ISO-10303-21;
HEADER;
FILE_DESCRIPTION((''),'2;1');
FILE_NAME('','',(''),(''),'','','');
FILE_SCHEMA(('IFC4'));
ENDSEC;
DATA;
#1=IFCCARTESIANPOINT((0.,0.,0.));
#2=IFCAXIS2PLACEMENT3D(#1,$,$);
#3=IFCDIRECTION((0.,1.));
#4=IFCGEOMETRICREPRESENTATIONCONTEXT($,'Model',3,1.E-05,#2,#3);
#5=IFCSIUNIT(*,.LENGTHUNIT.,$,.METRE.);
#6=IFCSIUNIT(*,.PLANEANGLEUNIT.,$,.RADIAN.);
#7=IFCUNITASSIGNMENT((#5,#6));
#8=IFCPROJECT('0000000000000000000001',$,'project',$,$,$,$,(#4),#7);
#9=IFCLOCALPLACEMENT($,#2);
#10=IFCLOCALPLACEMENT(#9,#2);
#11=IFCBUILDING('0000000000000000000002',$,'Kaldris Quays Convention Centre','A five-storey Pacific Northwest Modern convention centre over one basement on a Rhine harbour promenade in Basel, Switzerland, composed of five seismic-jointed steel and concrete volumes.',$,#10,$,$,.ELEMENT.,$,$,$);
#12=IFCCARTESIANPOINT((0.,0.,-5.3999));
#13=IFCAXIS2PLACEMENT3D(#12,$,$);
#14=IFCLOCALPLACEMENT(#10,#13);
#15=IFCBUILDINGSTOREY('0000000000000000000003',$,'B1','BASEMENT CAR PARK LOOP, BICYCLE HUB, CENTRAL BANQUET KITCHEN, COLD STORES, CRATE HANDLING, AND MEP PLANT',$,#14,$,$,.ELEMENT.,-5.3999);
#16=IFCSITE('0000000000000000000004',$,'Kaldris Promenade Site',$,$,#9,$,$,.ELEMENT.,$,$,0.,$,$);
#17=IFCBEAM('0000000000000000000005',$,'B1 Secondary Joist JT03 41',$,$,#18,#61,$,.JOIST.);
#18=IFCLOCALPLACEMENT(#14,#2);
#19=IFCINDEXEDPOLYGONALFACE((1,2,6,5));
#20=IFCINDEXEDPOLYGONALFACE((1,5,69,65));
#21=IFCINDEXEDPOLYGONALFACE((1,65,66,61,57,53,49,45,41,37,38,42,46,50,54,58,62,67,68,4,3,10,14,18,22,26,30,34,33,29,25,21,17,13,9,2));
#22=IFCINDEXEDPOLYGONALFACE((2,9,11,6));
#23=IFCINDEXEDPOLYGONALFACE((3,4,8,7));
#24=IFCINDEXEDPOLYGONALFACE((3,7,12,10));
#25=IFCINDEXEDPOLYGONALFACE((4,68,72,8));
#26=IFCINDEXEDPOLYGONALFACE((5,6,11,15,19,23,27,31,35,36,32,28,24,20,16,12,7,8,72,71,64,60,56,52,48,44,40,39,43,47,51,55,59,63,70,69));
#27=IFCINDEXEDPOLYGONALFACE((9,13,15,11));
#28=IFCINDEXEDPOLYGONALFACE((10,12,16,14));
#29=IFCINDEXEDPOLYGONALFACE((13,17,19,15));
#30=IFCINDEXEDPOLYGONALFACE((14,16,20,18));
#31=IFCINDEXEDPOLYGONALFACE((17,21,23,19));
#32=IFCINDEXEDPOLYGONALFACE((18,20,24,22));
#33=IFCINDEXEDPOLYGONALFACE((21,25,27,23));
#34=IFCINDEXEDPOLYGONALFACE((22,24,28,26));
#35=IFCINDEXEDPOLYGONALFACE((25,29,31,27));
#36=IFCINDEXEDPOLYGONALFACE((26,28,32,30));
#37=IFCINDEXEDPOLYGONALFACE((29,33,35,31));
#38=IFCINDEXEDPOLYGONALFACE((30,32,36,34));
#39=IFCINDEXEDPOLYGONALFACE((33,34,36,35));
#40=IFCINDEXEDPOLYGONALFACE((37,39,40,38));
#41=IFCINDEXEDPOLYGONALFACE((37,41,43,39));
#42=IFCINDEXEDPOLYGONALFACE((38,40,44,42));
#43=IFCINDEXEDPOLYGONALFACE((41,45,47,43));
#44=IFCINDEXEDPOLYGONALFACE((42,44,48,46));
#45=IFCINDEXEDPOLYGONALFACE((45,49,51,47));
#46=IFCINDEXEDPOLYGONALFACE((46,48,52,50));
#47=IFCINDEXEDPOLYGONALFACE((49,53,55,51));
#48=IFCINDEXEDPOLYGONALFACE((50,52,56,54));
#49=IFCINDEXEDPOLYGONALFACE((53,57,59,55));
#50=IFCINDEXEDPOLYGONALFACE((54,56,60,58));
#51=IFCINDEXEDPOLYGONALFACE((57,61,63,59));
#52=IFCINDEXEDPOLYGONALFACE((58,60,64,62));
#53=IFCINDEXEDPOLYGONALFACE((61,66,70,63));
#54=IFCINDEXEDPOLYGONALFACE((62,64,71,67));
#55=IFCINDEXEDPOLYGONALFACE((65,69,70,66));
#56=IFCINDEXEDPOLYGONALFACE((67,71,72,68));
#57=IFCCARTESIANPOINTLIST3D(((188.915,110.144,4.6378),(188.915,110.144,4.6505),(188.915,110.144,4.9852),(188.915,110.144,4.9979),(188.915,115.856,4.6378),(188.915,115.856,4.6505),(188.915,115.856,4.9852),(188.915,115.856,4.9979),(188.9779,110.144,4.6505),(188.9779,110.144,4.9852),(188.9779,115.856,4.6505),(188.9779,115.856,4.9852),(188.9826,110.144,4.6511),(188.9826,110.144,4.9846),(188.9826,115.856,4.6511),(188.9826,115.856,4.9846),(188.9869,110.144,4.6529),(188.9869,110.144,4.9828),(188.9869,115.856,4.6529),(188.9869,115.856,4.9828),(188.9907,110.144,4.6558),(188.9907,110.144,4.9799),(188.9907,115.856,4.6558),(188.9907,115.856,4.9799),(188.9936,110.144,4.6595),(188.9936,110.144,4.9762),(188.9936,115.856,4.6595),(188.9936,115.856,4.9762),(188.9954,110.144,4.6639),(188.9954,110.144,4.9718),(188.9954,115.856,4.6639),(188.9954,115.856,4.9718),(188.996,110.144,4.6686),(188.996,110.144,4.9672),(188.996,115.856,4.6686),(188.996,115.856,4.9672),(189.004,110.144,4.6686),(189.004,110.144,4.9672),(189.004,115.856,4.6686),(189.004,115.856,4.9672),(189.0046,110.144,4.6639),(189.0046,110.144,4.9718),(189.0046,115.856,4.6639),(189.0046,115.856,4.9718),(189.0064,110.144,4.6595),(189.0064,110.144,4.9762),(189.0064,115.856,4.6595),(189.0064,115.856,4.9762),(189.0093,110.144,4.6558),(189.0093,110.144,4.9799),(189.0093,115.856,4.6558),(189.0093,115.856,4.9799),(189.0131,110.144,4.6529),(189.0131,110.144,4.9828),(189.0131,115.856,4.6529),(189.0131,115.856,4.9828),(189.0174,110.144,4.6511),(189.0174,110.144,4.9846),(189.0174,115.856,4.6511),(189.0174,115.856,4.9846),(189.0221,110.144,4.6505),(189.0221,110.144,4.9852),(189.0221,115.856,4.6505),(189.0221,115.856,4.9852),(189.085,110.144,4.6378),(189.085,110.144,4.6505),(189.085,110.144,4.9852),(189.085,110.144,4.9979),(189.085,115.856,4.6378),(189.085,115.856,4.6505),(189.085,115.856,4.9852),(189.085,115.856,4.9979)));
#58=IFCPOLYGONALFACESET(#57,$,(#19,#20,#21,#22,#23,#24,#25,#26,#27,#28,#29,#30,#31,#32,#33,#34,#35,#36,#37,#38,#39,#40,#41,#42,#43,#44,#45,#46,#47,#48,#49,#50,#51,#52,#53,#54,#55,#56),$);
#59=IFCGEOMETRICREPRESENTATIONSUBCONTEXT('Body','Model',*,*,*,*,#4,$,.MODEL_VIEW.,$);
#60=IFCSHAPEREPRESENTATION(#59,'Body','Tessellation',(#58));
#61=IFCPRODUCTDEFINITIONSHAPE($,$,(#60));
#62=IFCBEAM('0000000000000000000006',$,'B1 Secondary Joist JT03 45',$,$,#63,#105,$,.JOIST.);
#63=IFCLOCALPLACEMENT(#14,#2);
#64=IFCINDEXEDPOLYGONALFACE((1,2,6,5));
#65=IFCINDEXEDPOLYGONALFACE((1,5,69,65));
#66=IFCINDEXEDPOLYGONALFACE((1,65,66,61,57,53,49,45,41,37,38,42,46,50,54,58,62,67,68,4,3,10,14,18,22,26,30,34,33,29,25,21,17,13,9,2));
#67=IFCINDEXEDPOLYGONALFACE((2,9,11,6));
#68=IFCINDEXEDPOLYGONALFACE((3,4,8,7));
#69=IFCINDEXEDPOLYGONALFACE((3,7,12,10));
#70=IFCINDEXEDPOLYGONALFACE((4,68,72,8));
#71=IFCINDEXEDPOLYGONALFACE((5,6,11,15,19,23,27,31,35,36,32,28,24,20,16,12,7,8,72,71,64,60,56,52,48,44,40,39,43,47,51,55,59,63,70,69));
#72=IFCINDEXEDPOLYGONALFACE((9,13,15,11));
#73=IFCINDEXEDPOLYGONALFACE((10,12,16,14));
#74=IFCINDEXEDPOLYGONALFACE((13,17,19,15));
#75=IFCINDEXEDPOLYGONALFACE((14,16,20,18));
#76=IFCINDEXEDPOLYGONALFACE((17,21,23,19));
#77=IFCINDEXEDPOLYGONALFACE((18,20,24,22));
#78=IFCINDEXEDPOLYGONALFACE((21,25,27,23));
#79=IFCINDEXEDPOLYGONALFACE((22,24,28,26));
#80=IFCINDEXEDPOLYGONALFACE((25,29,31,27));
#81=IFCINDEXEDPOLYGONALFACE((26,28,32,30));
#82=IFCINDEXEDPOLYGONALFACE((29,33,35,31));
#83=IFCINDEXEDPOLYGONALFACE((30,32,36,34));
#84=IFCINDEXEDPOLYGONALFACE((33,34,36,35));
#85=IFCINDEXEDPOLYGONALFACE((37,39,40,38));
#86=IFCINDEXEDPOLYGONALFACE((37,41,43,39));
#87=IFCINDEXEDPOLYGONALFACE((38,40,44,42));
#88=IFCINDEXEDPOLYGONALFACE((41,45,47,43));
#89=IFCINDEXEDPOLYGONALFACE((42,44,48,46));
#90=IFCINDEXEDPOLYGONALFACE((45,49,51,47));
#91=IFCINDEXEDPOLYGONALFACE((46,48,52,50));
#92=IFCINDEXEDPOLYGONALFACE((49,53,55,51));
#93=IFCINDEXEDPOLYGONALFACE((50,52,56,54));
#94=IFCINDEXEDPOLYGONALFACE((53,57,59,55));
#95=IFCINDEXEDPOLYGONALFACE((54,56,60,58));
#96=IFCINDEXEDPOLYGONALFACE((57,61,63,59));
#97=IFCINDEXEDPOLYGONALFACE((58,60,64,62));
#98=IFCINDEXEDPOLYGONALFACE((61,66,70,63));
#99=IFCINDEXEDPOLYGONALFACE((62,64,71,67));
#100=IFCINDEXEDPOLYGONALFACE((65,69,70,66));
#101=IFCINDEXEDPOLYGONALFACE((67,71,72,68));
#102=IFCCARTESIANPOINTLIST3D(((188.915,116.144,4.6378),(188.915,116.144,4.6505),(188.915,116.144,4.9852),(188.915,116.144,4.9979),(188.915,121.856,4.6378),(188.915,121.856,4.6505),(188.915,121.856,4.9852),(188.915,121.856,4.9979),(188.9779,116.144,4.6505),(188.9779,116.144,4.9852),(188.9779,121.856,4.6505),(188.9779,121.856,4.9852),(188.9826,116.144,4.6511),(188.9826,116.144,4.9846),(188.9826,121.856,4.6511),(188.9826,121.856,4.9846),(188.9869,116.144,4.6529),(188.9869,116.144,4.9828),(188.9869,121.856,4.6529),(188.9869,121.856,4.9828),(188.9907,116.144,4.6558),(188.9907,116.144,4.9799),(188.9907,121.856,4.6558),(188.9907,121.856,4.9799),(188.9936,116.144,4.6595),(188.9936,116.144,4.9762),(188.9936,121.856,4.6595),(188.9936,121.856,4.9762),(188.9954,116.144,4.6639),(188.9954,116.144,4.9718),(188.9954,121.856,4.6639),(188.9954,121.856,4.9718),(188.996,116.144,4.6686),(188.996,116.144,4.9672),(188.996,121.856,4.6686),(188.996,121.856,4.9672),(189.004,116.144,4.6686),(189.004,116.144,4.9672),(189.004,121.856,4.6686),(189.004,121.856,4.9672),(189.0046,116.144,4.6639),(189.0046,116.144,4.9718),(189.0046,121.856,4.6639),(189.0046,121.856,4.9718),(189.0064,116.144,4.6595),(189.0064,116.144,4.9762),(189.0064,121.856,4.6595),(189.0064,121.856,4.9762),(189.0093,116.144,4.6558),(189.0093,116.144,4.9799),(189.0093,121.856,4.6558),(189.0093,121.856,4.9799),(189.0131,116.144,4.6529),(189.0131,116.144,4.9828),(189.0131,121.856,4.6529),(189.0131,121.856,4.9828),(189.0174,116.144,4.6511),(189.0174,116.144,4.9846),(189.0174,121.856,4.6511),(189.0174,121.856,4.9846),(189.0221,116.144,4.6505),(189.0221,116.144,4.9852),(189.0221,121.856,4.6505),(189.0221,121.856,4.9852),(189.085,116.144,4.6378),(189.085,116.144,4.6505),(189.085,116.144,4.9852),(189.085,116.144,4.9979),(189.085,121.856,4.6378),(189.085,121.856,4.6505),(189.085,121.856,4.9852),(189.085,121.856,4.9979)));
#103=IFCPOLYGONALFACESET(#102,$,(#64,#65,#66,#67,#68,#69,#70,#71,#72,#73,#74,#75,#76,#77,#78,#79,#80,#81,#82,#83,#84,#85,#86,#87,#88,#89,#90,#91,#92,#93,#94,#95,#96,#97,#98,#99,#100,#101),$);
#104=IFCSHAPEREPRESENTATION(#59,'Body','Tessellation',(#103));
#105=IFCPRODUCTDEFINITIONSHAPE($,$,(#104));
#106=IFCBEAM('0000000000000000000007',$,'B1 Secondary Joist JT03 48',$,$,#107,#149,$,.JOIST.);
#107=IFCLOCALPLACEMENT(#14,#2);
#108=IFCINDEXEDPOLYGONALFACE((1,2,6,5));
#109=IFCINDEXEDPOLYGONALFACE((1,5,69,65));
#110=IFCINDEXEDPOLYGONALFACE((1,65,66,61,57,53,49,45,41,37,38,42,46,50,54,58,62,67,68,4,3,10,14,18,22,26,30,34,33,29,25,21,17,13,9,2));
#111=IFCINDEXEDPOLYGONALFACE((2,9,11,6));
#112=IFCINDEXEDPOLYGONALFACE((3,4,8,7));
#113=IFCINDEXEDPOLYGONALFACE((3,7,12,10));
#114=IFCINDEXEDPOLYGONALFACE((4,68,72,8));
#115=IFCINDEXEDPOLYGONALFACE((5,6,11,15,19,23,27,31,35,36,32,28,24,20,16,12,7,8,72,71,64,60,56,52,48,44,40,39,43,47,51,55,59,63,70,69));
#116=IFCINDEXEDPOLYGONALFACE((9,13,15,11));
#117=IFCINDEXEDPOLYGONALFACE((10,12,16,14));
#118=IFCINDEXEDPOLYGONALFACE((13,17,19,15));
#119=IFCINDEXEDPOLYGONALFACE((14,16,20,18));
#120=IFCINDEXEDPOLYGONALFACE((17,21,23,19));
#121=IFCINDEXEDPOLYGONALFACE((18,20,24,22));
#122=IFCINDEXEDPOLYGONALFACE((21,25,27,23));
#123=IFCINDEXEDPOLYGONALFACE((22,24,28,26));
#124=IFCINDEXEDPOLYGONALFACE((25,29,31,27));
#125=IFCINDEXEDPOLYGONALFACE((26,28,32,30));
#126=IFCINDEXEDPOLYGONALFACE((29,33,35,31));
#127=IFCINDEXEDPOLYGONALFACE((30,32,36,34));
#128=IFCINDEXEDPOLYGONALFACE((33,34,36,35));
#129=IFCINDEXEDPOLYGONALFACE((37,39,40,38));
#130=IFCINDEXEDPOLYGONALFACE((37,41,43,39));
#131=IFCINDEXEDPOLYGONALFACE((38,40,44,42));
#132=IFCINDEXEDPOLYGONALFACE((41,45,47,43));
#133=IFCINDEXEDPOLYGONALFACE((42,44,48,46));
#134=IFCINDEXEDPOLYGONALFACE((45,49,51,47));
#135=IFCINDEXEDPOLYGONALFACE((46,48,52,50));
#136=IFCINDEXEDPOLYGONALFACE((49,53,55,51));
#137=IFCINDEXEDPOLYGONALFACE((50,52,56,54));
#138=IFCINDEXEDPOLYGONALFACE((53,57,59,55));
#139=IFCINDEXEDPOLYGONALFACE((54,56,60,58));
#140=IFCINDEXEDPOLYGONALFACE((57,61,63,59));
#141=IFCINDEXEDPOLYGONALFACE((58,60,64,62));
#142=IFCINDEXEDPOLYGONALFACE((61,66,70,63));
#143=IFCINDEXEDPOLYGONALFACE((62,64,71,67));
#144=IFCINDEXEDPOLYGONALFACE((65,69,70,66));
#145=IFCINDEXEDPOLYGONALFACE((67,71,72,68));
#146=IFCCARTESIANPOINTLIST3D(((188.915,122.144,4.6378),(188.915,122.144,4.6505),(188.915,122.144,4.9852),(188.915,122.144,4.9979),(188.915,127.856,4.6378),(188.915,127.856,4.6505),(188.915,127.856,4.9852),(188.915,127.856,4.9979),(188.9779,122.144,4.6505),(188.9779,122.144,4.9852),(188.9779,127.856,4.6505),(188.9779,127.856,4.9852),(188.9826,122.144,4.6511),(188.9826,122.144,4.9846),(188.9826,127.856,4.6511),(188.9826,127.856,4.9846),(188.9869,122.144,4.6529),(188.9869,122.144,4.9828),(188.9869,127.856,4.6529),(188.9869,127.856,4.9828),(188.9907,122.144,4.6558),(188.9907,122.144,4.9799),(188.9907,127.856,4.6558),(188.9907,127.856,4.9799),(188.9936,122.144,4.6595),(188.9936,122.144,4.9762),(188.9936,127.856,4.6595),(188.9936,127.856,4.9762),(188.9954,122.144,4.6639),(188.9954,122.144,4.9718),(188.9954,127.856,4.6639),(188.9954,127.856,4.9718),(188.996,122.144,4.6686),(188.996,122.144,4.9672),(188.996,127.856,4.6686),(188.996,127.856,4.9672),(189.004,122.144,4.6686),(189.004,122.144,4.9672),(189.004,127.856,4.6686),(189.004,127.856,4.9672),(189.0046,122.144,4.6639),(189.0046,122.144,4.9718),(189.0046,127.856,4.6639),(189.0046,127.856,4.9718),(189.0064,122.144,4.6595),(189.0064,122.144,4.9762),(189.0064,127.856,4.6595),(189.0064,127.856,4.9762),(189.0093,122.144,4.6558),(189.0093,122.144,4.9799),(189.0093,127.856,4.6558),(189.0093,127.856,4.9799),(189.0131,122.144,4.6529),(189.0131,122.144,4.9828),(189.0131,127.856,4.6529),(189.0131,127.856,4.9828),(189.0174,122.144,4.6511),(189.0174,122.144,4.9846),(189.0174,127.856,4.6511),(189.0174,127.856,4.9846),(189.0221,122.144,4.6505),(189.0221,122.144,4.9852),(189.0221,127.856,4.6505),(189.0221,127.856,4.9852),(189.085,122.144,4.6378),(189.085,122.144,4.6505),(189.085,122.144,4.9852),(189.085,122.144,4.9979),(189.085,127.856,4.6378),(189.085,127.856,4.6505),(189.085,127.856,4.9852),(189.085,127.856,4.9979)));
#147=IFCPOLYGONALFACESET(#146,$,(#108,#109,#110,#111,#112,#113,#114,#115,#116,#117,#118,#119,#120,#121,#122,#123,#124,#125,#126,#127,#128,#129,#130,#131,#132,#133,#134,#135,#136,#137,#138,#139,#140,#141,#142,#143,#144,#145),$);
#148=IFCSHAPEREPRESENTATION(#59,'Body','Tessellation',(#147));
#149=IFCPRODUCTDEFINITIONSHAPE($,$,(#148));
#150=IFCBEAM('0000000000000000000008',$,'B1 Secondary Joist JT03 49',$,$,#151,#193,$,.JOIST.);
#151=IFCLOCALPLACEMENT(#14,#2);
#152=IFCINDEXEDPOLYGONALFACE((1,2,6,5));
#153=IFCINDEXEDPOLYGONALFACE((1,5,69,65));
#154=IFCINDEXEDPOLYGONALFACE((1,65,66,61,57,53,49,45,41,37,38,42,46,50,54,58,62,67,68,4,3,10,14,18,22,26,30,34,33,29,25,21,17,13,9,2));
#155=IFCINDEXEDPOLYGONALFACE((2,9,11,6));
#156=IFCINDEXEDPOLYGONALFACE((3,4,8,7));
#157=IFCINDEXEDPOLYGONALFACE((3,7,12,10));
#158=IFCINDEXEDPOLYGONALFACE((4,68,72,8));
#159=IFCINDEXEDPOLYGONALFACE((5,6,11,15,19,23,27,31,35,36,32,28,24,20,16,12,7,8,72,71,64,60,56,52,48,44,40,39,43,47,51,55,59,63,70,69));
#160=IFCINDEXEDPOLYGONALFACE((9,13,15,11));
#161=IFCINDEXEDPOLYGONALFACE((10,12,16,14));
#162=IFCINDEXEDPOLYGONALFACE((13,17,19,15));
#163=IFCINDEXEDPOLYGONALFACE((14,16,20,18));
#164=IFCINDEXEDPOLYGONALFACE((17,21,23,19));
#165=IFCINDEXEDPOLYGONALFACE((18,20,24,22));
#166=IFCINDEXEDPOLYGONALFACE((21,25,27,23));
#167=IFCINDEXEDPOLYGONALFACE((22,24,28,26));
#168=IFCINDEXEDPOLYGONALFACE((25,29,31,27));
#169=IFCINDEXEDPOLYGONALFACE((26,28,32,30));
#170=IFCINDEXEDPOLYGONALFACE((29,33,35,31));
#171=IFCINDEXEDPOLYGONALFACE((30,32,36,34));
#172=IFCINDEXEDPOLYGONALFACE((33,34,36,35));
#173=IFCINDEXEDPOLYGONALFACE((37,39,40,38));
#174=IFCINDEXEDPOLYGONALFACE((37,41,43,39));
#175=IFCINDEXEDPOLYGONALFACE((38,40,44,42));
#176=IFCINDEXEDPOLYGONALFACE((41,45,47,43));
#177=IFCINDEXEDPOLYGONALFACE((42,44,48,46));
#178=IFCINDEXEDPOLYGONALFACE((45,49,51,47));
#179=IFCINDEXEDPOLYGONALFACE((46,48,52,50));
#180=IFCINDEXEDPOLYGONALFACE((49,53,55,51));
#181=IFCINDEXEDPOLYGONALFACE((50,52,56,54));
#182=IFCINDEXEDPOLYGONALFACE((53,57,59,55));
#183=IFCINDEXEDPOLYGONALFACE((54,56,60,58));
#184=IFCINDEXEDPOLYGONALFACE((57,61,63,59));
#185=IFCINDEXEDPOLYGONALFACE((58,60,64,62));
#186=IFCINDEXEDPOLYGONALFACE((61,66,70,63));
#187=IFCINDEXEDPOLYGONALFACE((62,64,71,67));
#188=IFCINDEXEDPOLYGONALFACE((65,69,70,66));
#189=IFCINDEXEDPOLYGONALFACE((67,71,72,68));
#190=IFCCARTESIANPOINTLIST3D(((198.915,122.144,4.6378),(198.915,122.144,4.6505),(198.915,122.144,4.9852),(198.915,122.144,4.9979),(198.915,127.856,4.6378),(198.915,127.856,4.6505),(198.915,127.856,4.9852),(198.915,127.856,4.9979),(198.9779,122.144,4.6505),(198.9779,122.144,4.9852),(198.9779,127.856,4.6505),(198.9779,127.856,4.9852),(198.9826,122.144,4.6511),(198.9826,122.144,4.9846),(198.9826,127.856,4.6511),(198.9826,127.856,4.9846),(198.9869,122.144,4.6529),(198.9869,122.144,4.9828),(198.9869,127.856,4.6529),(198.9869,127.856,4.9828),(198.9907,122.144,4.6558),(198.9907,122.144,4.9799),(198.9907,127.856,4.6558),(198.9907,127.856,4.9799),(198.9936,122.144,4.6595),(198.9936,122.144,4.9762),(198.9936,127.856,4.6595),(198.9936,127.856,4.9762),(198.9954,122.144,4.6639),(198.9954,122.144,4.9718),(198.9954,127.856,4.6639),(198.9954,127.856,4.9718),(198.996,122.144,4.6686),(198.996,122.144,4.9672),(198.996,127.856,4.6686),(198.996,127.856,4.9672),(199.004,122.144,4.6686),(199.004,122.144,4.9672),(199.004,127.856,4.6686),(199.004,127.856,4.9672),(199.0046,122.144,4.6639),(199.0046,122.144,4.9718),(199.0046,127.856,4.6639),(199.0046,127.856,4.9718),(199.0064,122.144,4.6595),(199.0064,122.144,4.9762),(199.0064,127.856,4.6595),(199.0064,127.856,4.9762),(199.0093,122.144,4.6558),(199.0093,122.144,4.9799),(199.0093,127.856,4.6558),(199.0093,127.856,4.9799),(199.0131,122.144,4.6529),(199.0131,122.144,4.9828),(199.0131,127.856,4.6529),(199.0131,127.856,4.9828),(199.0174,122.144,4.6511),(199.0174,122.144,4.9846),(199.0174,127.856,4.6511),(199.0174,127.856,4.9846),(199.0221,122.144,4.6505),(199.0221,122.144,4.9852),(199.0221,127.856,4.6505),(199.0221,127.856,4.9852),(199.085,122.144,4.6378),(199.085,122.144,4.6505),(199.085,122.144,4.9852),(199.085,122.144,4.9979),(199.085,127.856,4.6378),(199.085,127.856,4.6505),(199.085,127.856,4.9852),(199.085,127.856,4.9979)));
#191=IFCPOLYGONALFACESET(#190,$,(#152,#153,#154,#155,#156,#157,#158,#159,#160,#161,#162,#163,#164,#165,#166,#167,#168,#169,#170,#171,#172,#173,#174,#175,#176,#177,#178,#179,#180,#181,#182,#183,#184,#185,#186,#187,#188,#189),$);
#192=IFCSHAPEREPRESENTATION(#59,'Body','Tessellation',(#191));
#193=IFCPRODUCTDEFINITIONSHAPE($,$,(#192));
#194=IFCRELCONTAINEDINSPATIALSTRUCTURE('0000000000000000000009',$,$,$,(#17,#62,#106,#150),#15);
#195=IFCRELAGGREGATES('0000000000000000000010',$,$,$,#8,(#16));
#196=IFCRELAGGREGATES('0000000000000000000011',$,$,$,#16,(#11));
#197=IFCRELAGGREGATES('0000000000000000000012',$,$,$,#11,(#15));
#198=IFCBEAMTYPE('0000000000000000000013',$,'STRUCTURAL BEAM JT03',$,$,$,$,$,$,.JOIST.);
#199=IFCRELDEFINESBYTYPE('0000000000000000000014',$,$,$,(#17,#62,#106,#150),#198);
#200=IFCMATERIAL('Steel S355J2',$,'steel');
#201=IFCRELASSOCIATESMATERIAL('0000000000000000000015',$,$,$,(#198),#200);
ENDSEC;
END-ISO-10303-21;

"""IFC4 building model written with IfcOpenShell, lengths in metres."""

from ifc_helpers import new_model, si_unit, direction, frame, origin, origin_2d, place, context, subcontext, project, spatial, i_section, extrude, material, material_profile, profile_set, type_object, element, save


model = new_model("IFC4")

# Units and contexts
model_context = context("Model", 3, precision=1e-05, world=origin(), true_north=direction((0.0, 1.0)))
body_context = subcontext(model_context, "Body", "Model", "MODEL_VIEW")
ifc_project = project(units=[si_unit("LENGTHUNIT", "METRE"), si_unit("PLANEANGLEUNIT", "RADIAN")], contexts=[model_context])

# Site, building, storey
site_placement = place(None, origin())
site = spatial("IfcSite", under=ifc_project, at=site_placement, Name="Kaldris Promenade Site", CompositionType="ELEMENT", RefElevation=0.0)
building_placement = place(site_placement, origin())
building = spatial("IfcBuilding", under=site, at=building_placement, Name="Kaldris Quays Convention Centre", Description="A five-storey Pacific Northwest Modern convention centre over one basement on a Rhine harbour promenade in Basel, Switzerland, composed of five seismic-jointed steel and concrete volumes.", CompositionType="ELEMENT")
storey_placement = place(building_placement, frame((0.0, 0.0, -5.3999)))
storey = spatial("IfcBuildingStorey", under=building, at=storey_placement, Name="B1", Description="BASEMENT CAR PARK LOOP, BICYCLE HUB, CENTRAL BANQUET KITCHEN, COLD STORES, CRATE HANDLING, AND MEP PLANT", CompositionType="ELEMENT", Elevation=-5.3999)

# Shared definitions
ifc_material_1 = material(Name="Steel S355J2", Category="steel")

# Beams
ifc_material_profile_1 = material_profile(ifc_material_1, i_section(OverallWidth=0.1699, OverallDepth=0.3601, WebThickness=0.0081, FlangeThickness=0.0127, FilletRadius=0.0181, at=origin_2d()), Name="IPE 360")
ifc_profile_set_1 = profile_set([ifc_material_profile_1], Name="Steel S355J2")
beam_type_1 = type_object("IfcBeamType", Name="STRUCTURAL BEAM JT03", PredefinedType="JOIST", material=ifc_profile_set_1)
for number, where, z_axis, x_axis, name in (
    (1, (189.0, 110.144, 4.8179), (0.0, 1.0, 0.0), (-1.0, 0.0, 0.0), "B1 Secondary Joist JT03 41"),
    (2, (189.0, 116.144, 4.8179), (0.0, 1.0, 0.0), (-1.0, 0.0, 0.0), "B1 Secondary Joist JT03 45"),
    (3, (189.0, 122.144, 4.8179), (0.0, 1.0, 0.0), (-1.0, 0.0, 0.0), "B1 Secondary Joist JT03 48"),
    (4, (199.0, 122.144, 4.8179), (0.0, 1.0, 0.0), (-1.0, 0.0, 0.0), "B1 Secondary Joist JT03 49"),
):
    element("IfcBeam", number, at=place(storey_placement, frame(where, z_axis=z_axis, x_axis=x_axis)), inside=storey, type_object=beam_type_1, Name=name, PredefinedType="JOIST", context=body_context, shape_type="SweptSolid", body=[
        extrude(i_section(OverallWidth=0.1699, OverallDepth=0.3601, WebThickness=0.0081, FlangeThickness=0.0127, FilletRadius=0.0181, at=origin_2d()), origin(), (0.0, 0.0, 1.0), 5.7119),
    ])

save(model, "model.ifc")
